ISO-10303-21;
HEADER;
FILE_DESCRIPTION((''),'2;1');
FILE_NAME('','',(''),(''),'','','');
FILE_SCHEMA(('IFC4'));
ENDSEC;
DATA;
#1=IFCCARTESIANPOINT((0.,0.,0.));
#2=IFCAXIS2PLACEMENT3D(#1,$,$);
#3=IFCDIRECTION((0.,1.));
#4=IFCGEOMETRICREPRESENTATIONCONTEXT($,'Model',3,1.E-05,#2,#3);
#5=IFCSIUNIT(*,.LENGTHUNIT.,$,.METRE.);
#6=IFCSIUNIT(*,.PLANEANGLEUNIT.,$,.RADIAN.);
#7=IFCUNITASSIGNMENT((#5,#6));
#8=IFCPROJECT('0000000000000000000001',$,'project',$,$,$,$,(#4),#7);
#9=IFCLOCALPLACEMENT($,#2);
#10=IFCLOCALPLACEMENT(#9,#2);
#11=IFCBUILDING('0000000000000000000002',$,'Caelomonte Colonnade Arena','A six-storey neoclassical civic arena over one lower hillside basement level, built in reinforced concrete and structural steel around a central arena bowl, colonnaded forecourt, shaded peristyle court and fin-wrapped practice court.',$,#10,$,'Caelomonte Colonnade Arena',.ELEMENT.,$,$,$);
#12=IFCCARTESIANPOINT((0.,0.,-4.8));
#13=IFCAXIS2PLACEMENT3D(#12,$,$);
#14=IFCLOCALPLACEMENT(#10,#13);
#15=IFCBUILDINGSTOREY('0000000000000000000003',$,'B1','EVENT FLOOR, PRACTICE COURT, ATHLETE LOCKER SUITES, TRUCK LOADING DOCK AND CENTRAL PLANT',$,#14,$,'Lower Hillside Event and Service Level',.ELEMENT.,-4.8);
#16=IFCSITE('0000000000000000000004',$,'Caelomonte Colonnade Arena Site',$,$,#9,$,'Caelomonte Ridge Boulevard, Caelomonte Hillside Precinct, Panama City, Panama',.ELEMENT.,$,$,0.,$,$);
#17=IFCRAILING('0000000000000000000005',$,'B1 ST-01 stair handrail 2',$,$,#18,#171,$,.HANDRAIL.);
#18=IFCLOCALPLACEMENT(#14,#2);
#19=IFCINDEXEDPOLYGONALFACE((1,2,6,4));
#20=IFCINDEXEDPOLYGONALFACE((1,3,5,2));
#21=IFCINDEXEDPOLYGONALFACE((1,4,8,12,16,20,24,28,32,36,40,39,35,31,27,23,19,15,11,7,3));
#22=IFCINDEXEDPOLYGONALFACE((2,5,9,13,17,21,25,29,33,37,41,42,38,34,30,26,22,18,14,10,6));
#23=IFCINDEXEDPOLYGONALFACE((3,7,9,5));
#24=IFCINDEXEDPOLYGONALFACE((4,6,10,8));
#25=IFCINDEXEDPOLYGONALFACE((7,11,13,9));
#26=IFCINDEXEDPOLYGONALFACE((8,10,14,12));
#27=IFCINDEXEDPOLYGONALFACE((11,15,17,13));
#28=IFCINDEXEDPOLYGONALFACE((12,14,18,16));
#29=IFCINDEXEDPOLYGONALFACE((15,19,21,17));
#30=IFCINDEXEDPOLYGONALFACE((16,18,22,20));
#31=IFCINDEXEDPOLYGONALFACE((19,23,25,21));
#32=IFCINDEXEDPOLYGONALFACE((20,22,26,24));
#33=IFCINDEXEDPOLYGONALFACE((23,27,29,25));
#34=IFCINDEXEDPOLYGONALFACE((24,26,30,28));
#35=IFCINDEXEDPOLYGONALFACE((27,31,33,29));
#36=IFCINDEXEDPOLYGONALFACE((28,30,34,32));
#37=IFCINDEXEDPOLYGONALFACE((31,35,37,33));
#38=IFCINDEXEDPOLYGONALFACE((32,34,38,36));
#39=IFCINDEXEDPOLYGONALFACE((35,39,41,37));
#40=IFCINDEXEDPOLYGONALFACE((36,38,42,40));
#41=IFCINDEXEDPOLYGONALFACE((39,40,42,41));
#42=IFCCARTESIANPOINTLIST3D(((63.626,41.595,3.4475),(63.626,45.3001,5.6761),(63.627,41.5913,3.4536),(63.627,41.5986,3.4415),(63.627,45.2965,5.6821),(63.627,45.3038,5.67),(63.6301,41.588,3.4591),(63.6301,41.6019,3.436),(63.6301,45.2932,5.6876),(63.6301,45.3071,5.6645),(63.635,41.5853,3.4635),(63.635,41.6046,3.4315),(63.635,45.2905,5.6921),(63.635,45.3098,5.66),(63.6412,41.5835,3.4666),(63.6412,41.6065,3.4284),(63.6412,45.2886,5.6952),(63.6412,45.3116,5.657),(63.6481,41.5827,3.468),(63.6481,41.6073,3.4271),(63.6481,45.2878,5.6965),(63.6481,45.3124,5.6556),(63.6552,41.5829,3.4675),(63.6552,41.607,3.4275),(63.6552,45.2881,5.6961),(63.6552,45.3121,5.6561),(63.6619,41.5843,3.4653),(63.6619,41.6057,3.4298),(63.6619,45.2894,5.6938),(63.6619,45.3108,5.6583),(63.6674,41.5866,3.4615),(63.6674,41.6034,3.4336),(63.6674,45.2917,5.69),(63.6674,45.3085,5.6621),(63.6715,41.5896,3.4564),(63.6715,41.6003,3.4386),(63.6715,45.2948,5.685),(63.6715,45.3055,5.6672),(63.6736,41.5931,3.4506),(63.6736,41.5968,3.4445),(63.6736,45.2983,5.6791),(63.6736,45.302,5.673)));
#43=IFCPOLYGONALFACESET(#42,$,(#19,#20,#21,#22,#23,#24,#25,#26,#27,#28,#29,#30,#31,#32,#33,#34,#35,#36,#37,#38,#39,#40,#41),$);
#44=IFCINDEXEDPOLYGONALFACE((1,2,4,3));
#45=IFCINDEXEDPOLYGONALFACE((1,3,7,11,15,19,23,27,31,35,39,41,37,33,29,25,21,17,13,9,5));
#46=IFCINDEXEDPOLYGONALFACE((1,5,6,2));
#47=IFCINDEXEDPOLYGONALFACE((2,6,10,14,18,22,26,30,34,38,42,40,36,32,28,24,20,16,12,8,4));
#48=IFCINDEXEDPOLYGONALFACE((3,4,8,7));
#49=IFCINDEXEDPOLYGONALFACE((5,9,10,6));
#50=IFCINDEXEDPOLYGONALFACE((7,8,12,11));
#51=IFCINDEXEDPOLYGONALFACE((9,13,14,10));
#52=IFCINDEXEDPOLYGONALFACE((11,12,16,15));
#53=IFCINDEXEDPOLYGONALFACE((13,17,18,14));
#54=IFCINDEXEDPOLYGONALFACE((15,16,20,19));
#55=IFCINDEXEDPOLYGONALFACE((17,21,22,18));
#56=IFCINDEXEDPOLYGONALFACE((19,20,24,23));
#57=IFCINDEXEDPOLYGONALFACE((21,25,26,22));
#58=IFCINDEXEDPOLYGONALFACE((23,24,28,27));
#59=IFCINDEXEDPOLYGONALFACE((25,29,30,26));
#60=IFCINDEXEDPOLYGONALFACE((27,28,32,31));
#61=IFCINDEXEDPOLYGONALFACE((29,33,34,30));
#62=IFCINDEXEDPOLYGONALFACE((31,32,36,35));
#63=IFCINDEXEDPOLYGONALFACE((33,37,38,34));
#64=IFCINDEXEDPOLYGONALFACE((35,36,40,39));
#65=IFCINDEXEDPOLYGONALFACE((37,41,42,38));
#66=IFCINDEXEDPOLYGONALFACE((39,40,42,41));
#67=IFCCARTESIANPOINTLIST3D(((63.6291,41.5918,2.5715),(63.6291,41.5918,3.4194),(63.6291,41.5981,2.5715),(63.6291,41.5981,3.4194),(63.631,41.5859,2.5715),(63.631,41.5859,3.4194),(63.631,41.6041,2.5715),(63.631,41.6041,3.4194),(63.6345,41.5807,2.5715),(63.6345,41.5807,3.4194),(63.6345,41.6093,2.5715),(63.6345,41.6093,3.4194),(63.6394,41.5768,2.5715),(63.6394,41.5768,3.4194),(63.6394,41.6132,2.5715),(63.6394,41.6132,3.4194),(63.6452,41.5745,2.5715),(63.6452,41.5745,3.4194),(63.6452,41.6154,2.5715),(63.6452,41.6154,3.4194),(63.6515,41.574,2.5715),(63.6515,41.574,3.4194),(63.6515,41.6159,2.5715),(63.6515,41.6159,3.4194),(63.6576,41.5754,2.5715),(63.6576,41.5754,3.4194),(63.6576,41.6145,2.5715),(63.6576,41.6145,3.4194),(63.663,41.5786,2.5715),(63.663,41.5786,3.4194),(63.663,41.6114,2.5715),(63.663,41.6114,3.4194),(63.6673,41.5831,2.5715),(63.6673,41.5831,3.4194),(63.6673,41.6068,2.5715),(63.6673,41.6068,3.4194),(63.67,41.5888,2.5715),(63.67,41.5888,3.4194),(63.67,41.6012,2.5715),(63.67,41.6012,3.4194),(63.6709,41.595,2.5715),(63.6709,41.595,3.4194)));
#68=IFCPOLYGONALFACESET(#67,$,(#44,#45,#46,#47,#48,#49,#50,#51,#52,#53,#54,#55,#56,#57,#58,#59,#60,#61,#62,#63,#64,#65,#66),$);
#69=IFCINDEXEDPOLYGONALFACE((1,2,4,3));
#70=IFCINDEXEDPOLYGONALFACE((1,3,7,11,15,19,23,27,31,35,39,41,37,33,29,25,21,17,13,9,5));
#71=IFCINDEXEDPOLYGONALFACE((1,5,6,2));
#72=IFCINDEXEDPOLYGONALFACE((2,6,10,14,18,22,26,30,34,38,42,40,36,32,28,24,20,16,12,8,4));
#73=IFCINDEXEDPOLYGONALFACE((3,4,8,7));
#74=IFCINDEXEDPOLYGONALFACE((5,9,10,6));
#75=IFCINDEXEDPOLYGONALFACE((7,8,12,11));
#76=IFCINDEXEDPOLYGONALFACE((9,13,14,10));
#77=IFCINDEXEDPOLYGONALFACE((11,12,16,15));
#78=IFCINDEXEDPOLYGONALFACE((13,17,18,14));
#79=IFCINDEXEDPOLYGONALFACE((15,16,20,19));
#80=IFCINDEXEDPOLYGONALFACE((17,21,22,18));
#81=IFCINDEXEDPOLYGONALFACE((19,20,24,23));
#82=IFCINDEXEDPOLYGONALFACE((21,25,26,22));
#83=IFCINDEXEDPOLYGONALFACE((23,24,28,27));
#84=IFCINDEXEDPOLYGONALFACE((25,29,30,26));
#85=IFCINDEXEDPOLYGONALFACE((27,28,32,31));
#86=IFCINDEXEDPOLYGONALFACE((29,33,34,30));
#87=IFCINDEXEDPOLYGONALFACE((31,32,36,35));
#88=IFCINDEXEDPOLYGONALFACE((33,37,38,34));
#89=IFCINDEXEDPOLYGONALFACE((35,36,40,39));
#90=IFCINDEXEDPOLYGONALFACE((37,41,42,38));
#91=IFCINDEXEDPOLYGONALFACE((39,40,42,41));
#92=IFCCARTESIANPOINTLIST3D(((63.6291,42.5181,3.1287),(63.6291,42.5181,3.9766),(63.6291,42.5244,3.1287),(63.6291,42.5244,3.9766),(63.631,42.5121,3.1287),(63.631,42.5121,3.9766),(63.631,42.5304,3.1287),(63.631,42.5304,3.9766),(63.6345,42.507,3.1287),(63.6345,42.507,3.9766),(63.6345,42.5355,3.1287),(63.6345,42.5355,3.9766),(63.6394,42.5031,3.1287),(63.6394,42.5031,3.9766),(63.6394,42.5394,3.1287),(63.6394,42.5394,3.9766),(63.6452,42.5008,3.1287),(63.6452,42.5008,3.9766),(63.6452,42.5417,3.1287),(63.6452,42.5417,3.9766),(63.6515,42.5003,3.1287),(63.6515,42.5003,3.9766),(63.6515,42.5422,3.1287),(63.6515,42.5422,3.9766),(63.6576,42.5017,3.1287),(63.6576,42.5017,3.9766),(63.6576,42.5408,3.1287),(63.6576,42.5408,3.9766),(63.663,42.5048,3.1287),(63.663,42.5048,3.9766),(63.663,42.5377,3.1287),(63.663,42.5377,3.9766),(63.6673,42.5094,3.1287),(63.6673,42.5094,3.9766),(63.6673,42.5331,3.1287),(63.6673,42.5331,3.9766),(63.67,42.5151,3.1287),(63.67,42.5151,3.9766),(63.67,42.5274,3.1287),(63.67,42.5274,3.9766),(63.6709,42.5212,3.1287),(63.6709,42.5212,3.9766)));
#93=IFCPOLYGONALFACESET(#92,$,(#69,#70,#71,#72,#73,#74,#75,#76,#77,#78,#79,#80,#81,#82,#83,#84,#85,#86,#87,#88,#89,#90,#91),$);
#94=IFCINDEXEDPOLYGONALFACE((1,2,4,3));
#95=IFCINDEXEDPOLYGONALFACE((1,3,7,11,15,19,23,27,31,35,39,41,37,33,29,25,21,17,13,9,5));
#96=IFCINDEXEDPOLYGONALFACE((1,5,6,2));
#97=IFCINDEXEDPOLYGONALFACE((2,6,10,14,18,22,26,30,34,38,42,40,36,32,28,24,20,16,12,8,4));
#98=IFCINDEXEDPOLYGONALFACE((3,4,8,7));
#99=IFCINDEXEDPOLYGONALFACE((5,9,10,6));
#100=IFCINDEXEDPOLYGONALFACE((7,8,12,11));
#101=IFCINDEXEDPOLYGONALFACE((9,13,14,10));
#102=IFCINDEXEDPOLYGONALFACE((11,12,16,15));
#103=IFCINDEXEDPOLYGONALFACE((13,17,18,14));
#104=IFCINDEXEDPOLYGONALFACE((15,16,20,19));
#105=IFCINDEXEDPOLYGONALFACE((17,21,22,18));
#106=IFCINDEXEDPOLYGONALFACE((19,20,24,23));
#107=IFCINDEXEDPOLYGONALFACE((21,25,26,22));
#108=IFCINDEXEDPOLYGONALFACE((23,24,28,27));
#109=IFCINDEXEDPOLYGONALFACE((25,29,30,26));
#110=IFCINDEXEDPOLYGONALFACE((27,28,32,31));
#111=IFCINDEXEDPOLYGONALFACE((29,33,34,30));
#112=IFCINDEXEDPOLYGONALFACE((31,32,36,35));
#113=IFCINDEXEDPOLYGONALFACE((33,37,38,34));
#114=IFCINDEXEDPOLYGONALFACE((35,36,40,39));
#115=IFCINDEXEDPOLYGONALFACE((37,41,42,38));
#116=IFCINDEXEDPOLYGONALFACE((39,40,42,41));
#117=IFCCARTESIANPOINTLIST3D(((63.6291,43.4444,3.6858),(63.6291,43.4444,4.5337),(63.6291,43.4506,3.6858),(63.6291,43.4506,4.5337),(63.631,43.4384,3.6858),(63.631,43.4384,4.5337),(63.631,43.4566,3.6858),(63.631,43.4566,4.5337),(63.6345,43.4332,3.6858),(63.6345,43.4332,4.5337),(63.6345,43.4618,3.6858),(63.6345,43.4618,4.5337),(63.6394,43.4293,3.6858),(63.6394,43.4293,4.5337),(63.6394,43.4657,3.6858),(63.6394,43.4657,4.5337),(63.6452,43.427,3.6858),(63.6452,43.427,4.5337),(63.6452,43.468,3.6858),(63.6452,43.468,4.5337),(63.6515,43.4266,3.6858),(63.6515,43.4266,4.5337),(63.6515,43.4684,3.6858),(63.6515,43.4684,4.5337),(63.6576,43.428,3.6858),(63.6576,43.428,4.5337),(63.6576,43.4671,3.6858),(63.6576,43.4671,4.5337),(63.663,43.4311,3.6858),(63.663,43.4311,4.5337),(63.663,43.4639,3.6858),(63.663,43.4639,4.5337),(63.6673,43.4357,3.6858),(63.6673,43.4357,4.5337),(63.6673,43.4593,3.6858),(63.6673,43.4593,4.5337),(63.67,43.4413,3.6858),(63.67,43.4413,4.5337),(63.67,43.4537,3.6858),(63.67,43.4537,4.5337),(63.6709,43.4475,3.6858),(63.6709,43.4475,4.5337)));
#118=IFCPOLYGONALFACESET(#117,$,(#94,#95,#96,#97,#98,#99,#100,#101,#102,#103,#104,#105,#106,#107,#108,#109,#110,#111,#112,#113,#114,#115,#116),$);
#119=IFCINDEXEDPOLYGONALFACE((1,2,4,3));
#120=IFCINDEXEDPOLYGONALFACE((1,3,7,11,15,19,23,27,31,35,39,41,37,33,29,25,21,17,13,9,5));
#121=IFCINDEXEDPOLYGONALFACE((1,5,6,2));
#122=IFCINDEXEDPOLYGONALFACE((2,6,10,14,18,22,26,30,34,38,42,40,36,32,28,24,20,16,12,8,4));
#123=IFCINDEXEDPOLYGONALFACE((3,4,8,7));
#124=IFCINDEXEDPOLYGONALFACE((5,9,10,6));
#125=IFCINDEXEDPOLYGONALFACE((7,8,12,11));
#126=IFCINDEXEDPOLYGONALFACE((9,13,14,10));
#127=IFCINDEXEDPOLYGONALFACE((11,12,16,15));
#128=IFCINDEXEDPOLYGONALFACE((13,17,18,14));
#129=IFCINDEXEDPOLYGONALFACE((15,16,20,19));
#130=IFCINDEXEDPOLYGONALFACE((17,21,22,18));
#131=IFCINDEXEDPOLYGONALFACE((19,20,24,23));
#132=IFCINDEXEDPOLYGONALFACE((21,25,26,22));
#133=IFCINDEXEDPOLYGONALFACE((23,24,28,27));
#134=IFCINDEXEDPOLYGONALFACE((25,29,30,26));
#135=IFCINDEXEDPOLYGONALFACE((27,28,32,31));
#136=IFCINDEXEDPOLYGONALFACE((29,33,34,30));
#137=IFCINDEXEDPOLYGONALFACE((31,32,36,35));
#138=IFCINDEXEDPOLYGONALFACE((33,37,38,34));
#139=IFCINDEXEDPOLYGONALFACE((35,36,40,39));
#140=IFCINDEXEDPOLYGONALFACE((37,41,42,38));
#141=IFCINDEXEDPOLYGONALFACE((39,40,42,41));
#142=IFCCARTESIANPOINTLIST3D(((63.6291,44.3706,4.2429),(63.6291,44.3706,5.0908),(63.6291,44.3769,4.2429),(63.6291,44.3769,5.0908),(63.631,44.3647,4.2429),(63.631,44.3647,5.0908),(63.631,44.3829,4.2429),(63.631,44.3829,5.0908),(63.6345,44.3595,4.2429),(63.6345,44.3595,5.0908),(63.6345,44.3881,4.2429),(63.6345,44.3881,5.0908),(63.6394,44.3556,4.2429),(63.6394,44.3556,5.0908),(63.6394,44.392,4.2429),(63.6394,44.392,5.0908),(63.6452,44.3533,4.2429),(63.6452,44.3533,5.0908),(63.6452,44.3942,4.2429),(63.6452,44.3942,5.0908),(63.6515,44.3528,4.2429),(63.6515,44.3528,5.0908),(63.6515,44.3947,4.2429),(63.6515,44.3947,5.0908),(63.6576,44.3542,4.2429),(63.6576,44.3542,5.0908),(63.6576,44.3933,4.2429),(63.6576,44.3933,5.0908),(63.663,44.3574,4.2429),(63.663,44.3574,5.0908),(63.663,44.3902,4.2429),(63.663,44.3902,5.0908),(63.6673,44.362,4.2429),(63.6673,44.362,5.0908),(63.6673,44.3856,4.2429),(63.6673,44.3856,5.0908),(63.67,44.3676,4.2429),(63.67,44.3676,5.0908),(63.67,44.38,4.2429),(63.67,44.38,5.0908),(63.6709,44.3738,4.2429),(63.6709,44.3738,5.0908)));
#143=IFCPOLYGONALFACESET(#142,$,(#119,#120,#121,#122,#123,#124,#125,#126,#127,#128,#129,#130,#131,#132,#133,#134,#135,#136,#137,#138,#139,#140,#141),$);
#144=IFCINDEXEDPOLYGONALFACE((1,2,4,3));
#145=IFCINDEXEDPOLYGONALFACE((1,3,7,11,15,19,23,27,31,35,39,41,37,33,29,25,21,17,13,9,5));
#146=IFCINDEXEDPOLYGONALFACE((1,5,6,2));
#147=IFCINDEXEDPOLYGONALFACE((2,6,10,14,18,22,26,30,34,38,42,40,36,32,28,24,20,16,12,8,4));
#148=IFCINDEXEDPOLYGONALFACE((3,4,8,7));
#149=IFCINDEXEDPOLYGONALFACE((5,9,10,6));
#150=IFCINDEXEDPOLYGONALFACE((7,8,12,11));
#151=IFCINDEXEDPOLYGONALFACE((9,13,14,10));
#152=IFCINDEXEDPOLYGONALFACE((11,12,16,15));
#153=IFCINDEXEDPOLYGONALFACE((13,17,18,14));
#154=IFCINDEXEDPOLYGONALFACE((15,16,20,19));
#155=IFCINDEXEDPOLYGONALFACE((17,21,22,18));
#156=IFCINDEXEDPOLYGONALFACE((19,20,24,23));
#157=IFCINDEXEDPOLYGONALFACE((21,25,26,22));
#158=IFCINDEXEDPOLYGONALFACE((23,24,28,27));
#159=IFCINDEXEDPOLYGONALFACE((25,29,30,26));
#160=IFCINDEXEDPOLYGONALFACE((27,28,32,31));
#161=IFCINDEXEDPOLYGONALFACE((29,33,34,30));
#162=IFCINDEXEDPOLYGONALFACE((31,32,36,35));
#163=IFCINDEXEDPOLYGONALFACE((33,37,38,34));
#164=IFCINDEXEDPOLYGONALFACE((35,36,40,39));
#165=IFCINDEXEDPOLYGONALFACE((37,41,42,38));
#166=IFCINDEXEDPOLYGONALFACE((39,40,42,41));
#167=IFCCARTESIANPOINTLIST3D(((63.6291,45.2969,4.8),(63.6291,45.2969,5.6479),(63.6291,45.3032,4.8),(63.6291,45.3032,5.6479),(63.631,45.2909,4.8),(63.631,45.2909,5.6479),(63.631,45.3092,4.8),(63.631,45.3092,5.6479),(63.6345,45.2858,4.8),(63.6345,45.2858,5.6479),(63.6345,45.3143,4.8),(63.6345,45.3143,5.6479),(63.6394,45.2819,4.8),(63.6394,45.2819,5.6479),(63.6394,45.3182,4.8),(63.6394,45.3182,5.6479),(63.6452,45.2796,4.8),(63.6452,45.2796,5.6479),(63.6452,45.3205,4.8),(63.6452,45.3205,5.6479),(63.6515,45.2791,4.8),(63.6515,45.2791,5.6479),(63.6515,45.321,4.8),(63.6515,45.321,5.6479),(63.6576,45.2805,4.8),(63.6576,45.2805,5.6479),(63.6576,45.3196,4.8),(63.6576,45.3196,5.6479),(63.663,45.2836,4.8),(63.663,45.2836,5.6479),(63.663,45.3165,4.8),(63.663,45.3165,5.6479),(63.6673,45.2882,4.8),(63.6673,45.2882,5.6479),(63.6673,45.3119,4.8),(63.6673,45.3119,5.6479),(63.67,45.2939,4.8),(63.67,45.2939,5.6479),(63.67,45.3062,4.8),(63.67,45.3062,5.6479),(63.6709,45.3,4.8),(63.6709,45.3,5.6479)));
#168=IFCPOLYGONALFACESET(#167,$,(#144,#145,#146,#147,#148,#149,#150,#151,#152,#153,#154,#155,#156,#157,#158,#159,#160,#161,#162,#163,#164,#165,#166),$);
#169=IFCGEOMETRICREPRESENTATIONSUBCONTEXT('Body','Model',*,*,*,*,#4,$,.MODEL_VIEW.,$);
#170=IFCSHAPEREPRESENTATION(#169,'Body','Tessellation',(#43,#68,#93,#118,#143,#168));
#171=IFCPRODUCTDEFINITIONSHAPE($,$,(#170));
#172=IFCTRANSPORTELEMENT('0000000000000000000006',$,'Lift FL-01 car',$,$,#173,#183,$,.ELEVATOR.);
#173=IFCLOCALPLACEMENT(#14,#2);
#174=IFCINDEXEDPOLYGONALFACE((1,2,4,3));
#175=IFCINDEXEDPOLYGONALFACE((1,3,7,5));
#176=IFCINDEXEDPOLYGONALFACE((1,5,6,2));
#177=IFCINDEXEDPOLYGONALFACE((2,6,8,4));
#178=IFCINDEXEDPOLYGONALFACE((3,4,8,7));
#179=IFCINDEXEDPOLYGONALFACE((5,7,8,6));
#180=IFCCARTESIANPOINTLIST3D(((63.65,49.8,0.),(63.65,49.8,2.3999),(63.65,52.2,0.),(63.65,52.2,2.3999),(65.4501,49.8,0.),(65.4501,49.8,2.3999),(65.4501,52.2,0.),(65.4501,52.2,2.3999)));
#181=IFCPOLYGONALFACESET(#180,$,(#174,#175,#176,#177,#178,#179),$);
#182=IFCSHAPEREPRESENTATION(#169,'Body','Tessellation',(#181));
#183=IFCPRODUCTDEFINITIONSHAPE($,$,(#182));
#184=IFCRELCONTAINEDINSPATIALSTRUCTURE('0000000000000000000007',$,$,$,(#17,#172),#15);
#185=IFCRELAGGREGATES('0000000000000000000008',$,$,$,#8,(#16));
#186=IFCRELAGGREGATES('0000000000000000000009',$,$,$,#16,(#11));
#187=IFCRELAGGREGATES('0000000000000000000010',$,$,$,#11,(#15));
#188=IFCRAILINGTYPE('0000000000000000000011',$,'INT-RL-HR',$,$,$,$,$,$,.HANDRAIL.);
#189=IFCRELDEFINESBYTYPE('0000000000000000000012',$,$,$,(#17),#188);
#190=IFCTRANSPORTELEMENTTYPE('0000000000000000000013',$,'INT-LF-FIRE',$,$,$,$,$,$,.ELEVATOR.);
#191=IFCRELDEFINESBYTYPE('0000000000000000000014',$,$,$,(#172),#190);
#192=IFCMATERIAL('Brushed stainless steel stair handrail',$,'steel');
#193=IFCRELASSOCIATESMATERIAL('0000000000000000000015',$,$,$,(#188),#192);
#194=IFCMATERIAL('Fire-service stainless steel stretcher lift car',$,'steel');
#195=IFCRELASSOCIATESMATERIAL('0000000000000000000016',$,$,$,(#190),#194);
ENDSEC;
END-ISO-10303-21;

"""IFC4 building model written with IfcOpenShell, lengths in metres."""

from ifc_helpers import new_model, si_unit, direction, frame, origin, origin_2d, place, context, subcontext, project, spatial, rectangle, circle, extrude, material, type_object, element, save


model = new_model("IFC4")

# Units and contexts
model_context = context("Model", 3, precision=1e-05, world=origin(), true_north=direction((0.0, 1.0)))
body_context = subcontext(model_context, "Body", "Model", "MODEL_VIEW")
ifc_project = project(units=[si_unit("LENGTHUNIT", "METRE"), si_unit("PLANEANGLEUNIT", "RADIAN")], contexts=[model_context])

# Site, building, storey
site_placement = place(None, origin())
site = spatial("IfcSite", under=ifc_project, at=site_placement, Name="Caelomonte Colonnade Arena Site", LongName="Caelomonte Ridge Boulevard, Caelomonte Hillside Precinct, Panama City, Panama", CompositionType="ELEMENT", RefElevation=0.0)
building_placement = place(site_placement, origin())
building = spatial("IfcBuilding", under=site, at=building_placement, Name="Caelomonte Colonnade Arena", Description="A six-storey neoclassical civic arena over one lower hillside basement level, built in reinforced concrete and structural steel around a central arena bowl, colonnaded forecourt, shaded peristyle court and fin-wrapped practice court.", LongName="Caelomonte Colonnade Arena", CompositionType="ELEMENT")
storey_placement = place(building_placement, frame((0.0, 0.0, -4.8)))
storey = spatial("IfcBuildingStorey", under=building, at=storey_placement, Name="B1", Description="EVENT FLOOR, PRACTICE COURT, ATHLETE LOCKER SUITES, TRUCK LOADING DOCK AND CENTRAL PLANT", LongName="Lower Hillside Event and Service Level", CompositionType="ELEMENT", Elevation=-4.8)

# Railing
ifc_material_1 = material(Name="Brushed stainless steel stair handrail", Category="steel")
railing_type_1 = type_object("IfcRailingType", Name="INT-RL-HR", PredefinedType="HANDRAIL", material=ifc_material_1)
railing_1_placement = place(storey_placement, frame((63.6499, 41.595, 2.5715)))
element("IfcRailing", 1, at=railing_1_placement, inside=storey, type_object=railing_type_1, Name="B1 ST-01 stair handrail 2", PredefinedType="HANDRAIL", context=body_context, shape_type="SweptSolid", body=[
    extrude(circle(Radius=0.0239, at=origin_2d()), frame((0.0, 0.0, 0.876), z_axis=(0.0, 0.856934, 0.515425), x_axis=(-1.0, 0.0, 0.0)), (0.0, 0.0, 1.0), 4.3237),
    extrude(circle(Radius=0.021, at=origin_2d()), origin(), (0.0, 0.0, 1.0), 0.8479),
    extrude(circle(Radius=0.021, at=origin_2d()), frame((0.0, 0.9263, 0.5571)), (0.0, 0.0, 1.0), 0.8479),
    extrude(circle(Radius=0.021, at=origin_2d()), frame((0.0, 1.8525, 1.1143)), (0.0, 0.0, 1.0), 0.8479),
    extrude(circle(Radius=0.021, at=origin_2d()), frame((0.0, 2.7788, 1.6714)), (0.0, 0.0, 1.0), 0.8479),
    extrude(circle(Radius=0.021, at=origin_2d()), frame((0.0, 3.7051, 2.2285)), (0.0, 0.0, 1.0), 0.8479),
])

# Transport element
ifc_material_2 = material(Name="Fire-service stainless steel stretcher lift car", Category="steel")
transport_element_type = type_object("IfcTransportElementType", Name="INT-LF-FIRE", PredefinedType="ELEVATOR", material=ifc_material_2)
transport_element_placement = place(storey_placement, frame((64.55, 51.0, 0.0), z_axis=(0.0, 0.0, 1.0), x_axis=(1.0, 0.0, 0.0)))
element("IfcTransportElement", 2, at=transport_element_placement, inside=storey, type_object=transport_element_type, Name="Lift FL-01 car", PredefinedType="ELEVATOR", context=body_context, shape_type="SweptSolid", body=[
    extrude(rectangle(XDim=1.8, YDim=2.3999, at=origin_2d()), origin(), (0.0, 0.0, 1.0), 2.3999),
])

save(model, "model.ifc")
